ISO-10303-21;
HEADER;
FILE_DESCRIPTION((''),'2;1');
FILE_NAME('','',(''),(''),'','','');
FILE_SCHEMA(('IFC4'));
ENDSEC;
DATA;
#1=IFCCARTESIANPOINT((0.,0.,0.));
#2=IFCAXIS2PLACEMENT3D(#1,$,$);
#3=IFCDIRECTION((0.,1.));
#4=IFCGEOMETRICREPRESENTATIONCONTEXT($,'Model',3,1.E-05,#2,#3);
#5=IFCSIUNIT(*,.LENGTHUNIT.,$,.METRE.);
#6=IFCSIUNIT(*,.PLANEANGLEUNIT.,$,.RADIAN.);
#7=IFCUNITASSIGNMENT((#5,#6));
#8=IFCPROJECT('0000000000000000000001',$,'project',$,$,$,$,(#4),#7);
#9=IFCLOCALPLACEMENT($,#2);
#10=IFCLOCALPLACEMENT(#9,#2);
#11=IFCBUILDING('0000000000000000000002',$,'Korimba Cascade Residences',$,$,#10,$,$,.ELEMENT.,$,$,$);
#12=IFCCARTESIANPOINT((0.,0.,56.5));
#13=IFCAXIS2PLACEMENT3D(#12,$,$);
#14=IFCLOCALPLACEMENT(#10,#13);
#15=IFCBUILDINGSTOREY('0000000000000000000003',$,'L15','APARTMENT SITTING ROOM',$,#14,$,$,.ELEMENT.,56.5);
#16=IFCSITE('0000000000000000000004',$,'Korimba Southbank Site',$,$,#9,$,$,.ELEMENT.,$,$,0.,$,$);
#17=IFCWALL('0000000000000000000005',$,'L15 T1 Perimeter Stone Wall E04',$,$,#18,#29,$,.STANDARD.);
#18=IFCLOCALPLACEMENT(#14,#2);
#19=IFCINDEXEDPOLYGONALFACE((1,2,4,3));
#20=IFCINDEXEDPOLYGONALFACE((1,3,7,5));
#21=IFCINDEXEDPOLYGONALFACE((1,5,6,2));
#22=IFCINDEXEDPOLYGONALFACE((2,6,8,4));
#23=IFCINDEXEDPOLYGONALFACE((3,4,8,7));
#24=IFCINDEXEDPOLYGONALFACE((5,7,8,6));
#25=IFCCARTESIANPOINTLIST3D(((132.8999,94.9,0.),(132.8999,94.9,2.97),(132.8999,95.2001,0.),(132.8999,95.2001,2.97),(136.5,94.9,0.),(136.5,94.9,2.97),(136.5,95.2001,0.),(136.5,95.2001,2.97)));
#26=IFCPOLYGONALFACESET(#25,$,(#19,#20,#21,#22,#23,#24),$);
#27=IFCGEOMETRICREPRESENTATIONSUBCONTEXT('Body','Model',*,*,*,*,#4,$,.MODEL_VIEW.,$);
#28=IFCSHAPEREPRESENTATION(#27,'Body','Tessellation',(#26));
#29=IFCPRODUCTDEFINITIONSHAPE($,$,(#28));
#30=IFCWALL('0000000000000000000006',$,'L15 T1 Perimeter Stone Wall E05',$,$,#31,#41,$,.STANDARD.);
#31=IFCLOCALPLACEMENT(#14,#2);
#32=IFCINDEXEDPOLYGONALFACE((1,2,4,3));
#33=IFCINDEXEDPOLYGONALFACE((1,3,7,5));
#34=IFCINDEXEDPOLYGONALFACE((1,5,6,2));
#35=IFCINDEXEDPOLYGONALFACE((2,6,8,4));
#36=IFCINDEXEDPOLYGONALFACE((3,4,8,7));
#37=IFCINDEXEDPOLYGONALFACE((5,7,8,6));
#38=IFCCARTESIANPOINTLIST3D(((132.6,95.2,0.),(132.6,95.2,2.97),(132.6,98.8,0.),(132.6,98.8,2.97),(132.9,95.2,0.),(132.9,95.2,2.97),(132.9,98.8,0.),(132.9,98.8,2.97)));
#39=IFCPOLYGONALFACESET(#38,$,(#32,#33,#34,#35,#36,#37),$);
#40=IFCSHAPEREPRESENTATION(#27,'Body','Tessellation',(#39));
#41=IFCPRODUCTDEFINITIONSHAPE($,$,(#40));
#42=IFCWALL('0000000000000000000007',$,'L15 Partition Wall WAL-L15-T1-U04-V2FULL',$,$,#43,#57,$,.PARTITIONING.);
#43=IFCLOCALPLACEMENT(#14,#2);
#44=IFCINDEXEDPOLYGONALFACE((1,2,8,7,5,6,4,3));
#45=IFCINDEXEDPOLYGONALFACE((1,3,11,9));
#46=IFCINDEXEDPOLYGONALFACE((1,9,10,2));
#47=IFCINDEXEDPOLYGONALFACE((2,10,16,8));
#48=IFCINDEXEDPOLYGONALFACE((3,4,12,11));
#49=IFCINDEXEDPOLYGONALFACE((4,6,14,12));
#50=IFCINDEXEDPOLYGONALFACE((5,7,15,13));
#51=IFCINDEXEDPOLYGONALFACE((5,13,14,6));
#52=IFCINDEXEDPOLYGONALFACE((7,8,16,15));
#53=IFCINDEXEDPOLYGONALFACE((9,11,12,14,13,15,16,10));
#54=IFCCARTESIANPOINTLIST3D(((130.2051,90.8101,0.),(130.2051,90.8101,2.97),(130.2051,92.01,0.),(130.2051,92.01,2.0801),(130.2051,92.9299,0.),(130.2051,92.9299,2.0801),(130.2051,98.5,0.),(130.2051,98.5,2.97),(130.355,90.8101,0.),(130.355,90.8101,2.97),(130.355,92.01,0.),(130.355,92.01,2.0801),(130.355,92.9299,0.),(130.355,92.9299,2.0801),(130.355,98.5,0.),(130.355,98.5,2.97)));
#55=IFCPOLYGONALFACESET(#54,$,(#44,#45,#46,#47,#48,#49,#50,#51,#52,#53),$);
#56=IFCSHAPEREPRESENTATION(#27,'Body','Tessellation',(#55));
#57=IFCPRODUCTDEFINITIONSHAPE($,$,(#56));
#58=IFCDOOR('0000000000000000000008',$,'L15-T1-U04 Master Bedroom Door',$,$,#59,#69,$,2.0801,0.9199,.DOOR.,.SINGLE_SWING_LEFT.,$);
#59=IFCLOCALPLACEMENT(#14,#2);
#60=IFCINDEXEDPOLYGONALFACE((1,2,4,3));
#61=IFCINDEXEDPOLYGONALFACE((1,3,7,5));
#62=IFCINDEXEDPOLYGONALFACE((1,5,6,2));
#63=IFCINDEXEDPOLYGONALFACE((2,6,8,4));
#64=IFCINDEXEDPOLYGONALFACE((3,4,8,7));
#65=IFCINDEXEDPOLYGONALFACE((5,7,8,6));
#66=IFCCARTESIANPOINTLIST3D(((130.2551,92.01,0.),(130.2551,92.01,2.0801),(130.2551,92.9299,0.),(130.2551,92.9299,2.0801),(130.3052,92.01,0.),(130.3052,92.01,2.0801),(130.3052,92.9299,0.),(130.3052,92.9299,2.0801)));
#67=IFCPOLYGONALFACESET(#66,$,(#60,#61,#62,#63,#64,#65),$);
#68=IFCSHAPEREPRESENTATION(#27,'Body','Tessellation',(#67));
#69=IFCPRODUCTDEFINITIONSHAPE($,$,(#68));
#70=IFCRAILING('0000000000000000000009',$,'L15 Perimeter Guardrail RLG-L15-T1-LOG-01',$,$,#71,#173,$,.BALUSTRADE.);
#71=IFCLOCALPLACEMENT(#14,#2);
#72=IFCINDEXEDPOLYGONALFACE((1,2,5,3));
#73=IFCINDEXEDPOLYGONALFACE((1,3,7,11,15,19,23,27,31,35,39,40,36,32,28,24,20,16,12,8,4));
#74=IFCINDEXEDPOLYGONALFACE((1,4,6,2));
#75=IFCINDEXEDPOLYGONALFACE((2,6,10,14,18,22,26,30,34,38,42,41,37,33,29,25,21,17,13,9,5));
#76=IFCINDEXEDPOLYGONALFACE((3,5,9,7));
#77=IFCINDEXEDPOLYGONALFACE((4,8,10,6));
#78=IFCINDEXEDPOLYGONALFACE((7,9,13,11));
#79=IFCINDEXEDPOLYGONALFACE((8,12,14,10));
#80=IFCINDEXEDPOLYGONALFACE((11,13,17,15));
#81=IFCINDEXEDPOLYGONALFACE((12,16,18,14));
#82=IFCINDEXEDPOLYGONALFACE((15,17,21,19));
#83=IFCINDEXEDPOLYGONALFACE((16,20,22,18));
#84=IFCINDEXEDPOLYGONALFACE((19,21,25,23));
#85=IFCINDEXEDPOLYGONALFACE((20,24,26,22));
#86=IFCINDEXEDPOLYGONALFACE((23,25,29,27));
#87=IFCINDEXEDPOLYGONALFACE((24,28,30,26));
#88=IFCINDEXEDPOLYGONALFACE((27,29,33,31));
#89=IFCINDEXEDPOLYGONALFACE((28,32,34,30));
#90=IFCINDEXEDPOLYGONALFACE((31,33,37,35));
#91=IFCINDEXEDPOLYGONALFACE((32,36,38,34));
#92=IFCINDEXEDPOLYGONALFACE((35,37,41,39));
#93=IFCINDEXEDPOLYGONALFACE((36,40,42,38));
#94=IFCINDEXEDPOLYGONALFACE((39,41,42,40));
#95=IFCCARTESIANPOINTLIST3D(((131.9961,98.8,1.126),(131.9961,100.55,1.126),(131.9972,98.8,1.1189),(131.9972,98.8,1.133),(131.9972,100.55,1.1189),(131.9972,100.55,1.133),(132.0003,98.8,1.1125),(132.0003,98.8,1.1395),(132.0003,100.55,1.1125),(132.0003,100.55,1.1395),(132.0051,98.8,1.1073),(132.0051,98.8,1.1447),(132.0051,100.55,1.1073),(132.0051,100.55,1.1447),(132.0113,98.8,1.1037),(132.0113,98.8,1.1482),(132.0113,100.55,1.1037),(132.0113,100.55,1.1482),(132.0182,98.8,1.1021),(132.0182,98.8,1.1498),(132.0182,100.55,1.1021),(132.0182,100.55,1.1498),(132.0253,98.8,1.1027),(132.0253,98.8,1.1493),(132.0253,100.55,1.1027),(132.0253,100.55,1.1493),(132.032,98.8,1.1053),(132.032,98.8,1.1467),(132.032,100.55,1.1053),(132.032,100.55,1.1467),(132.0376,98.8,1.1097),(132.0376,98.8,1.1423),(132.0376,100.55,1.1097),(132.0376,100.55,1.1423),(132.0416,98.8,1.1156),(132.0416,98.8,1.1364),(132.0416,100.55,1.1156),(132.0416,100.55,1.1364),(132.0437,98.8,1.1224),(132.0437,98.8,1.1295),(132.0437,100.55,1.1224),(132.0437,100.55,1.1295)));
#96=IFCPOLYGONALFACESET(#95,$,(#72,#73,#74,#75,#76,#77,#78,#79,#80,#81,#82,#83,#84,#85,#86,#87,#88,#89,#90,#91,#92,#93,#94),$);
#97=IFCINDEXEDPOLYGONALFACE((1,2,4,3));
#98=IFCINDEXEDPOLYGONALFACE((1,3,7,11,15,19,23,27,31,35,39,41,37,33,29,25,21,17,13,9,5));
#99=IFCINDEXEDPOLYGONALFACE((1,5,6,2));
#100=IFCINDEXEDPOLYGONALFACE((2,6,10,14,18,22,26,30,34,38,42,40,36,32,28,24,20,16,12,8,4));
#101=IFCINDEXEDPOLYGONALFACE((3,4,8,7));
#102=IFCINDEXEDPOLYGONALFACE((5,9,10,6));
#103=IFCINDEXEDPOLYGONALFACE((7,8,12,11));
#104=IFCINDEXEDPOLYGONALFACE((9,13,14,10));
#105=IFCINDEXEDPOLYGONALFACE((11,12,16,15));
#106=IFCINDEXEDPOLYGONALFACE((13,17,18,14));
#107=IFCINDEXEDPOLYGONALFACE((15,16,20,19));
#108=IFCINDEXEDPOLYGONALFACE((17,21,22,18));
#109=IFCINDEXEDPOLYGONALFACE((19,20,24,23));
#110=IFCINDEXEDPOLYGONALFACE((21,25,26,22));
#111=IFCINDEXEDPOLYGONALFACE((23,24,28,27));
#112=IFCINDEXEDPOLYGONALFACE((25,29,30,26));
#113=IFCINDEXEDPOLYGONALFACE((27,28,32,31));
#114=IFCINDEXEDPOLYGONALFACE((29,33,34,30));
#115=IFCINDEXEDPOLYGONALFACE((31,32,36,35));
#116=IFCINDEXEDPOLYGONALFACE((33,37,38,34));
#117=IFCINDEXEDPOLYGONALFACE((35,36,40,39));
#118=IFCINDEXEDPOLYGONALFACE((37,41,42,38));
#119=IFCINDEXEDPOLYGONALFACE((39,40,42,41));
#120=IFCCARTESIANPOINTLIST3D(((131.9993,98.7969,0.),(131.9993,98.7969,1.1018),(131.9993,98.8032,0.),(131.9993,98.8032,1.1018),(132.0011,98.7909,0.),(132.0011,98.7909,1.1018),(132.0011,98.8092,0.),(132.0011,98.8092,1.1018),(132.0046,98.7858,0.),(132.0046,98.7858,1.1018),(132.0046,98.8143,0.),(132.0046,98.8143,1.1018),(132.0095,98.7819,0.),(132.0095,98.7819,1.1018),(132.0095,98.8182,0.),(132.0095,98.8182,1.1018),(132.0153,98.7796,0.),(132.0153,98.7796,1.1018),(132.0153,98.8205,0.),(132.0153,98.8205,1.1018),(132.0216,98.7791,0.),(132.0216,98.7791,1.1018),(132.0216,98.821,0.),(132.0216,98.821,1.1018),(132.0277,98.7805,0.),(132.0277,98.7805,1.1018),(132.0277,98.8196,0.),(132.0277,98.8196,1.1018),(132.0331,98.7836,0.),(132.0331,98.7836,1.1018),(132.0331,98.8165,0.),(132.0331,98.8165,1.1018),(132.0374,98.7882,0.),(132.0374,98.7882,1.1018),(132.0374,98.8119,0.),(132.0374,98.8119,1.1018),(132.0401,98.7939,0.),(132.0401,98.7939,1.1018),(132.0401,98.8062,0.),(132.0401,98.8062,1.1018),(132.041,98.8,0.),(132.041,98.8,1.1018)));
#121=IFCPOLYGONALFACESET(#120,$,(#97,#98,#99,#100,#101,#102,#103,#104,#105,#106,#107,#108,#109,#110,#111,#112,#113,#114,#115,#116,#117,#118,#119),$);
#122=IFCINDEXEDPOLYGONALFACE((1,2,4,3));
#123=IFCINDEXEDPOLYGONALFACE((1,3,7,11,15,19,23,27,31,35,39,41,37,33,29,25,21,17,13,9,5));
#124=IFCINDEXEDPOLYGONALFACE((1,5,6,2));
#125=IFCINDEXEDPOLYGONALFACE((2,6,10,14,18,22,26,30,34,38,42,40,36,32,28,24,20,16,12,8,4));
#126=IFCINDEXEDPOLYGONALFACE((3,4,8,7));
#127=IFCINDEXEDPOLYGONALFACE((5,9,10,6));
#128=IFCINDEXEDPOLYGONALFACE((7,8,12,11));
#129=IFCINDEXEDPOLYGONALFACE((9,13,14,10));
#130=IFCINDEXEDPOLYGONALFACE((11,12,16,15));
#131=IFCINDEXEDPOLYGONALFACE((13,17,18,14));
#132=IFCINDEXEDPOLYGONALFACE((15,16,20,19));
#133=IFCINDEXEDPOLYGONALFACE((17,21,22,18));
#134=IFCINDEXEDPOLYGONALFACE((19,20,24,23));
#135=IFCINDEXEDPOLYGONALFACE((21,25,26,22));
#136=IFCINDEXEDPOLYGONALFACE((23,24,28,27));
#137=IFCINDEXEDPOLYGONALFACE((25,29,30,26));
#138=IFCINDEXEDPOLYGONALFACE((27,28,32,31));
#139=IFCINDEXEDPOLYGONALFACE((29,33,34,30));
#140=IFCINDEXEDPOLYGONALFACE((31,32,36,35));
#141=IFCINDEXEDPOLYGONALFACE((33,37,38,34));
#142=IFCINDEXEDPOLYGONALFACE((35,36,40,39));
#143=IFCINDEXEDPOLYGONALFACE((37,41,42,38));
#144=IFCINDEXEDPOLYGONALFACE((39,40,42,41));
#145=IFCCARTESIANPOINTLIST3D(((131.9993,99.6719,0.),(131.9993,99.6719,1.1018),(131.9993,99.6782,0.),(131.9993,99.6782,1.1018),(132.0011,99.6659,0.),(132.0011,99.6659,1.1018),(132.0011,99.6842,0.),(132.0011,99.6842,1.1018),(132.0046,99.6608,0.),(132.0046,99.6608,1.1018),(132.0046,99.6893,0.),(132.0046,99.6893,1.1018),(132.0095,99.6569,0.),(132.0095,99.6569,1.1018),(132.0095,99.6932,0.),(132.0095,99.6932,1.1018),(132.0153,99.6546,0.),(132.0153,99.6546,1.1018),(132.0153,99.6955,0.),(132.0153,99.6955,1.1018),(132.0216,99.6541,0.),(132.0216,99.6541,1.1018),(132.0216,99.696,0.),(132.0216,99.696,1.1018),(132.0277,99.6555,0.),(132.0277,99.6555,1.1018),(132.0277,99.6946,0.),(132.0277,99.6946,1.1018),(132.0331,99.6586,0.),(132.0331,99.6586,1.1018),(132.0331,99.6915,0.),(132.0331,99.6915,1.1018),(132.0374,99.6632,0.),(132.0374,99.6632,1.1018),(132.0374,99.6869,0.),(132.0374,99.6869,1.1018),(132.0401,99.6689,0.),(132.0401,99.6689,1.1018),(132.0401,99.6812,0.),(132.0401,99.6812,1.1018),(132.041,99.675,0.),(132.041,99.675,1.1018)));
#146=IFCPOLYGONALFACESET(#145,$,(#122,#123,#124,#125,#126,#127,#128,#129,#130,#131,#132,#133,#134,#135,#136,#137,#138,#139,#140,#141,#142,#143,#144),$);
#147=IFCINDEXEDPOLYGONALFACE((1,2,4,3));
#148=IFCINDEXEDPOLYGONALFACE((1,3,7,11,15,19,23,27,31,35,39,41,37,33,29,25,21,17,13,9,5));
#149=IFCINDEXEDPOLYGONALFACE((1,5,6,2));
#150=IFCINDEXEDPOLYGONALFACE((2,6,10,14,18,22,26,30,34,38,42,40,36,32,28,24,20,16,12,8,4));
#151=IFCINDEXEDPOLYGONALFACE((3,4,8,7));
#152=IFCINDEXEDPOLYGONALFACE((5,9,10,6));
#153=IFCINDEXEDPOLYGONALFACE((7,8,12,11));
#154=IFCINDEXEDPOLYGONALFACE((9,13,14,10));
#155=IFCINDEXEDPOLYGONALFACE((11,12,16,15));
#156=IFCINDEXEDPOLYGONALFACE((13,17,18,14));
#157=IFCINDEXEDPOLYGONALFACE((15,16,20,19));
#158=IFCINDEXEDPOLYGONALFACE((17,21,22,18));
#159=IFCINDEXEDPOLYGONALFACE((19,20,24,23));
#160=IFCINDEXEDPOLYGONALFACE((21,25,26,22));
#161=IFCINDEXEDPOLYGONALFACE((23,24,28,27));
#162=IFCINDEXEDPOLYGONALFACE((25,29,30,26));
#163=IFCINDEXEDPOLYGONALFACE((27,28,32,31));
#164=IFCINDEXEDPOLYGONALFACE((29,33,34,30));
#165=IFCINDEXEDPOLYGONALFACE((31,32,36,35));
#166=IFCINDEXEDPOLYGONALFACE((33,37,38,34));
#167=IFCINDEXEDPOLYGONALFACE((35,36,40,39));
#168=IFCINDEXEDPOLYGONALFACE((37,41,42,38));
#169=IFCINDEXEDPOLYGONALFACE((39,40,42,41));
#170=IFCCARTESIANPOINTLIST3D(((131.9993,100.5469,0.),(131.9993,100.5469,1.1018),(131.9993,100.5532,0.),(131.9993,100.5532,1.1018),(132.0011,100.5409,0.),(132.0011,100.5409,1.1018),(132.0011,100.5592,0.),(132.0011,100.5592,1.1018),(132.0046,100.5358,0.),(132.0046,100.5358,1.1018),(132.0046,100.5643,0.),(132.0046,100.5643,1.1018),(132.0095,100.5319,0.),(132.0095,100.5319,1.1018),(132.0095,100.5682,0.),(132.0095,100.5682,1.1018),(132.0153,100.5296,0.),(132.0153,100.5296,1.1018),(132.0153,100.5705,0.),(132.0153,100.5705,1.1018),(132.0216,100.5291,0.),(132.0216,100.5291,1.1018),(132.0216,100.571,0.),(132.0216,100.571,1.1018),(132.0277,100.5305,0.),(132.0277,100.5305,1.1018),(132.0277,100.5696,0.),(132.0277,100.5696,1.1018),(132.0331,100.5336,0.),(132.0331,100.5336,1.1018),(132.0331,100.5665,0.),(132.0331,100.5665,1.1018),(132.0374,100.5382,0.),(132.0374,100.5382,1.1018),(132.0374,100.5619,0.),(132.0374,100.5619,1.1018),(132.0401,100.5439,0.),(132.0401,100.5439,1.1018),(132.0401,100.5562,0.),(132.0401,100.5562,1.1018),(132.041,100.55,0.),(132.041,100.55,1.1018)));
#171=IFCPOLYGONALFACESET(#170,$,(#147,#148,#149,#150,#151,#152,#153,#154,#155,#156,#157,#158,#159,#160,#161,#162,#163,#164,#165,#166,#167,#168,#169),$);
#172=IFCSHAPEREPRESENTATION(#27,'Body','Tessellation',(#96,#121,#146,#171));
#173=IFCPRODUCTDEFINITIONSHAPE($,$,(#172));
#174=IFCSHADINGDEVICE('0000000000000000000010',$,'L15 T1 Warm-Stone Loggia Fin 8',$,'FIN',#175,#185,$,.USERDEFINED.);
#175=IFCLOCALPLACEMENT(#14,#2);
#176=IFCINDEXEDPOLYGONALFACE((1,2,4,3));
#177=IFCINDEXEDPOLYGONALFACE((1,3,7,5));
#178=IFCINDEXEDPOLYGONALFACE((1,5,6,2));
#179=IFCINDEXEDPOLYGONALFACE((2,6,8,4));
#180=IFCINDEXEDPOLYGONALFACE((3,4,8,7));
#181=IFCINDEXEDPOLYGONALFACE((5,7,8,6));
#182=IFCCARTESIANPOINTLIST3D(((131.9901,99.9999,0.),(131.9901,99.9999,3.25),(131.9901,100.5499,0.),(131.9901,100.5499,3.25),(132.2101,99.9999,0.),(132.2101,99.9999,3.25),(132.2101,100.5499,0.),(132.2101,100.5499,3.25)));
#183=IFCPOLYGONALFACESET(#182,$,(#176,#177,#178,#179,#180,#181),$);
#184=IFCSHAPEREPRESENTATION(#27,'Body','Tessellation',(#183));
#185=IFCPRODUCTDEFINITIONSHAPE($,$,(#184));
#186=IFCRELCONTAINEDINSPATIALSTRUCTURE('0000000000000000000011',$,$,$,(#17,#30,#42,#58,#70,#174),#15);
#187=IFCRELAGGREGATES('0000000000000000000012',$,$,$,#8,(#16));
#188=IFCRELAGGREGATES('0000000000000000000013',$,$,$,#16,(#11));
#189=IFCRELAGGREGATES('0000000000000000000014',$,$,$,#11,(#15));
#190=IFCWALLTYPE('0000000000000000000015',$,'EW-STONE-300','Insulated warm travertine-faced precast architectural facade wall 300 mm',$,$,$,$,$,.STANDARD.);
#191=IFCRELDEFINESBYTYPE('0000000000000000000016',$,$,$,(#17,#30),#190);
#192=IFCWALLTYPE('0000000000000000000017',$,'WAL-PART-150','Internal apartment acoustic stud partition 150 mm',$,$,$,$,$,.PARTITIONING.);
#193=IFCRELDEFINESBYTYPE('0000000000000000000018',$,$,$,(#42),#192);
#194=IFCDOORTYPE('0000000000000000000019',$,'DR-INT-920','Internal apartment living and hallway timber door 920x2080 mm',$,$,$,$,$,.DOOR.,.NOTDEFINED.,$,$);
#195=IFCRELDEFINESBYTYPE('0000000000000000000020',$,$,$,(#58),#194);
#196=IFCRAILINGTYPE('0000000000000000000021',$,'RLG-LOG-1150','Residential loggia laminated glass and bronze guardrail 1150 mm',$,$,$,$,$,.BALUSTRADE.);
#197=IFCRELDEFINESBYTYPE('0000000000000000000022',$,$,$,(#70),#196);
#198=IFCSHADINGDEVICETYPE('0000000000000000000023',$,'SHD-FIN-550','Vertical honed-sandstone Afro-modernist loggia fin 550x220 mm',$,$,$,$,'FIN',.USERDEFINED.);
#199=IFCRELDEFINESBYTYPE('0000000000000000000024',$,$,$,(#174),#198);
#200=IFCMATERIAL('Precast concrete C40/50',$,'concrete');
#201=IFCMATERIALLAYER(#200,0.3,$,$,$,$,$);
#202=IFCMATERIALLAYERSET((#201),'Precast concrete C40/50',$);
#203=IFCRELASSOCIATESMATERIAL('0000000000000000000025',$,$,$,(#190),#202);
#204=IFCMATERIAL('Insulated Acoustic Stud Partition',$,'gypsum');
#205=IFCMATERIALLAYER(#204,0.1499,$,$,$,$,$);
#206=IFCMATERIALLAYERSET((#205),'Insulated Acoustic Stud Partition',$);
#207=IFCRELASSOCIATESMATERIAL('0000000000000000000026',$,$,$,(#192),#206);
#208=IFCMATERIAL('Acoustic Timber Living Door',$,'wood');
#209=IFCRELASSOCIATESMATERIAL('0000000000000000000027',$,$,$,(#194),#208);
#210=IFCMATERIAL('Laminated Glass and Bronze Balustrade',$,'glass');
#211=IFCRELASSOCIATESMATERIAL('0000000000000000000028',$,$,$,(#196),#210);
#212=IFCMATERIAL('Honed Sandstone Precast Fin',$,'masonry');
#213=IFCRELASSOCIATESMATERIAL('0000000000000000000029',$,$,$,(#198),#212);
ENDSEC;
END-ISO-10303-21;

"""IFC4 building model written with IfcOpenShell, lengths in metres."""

from ifc_helpers import new_model, si_unit, direction, frame, frame_2d, origin, origin_2d, place, context, subcontext, project, spatial, rectangle, circle, extrude, material, layer, layer_set, type_object, element, fill, save


model = new_model("IFC4")

# Units and contexts
model_context = context("Model", 3, precision=1e-05, world=origin(), true_north=direction((0.0, 1.0)))
body_context = subcontext(model_context, "Body", "Model", "MODEL_VIEW")
ifc_project = project(units=[si_unit("LENGTHUNIT", "METRE"), si_unit("PLANEANGLEUNIT", "RADIAN")], contexts=[model_context])

# Site, building, storey
site_placement = place(None, origin())
site = spatial("IfcSite", under=ifc_project, at=site_placement, Name="Korimba Southbank Site", CompositionType="ELEMENT", RefElevation=0.0)
building_placement = place(site_placement, origin())
building = spatial("IfcBuilding", under=site, at=building_placement, Name="Korimba Cascade Residences", CompositionType="ELEMENT")
storey_placement = place(building_placement, frame((0.0, 0.0, 56.5)))
storey = spatial("IfcBuildingStorey", under=building, at=storey_placement, Name="L15", Description="APARTMENT SITTING ROOM", CompositionType="ELEMENT", Elevation=56.5)

# Shared definitions
ifc_material_1 = material(Name="Precast concrete C40/50", Category="concrete")

# Walls
ifc_layer_1 = layer(ifc_material_1, 0.3)
ifc_layer_set_1 = layer_set([ifc_layer_1], Name="Precast concrete C40/50")
wall_type_1 = type_object("IfcWallType", Name="EW-STONE-300", Description="Insulated warm travertine-faced precast architectural facade wall 300 mm", PredefinedType="STANDARD", material=ifc_layer_set_1)
for number, where, z_axis, x_axis, name in (
    (1, (136.5, 95.05, 0.0), (0.0, 0.0, 1.0), (-1.0, 0.0, 0.0), "L15 T1 Perimeter Stone Wall E04"),
    (2, (132.75, 95.2, 0.0), (0.0, 0.0, 1.0), (0.0, 1.0, 0.0), "L15 T1 Perimeter Stone Wall E05"),
):
    element("IfcWall", number, at=place(storey_placement, frame(where, z_axis=z_axis, x_axis=x_axis)), inside=storey, type_object=wall_type_1, Name=name, PredefinedType="STANDARD", context=body_context, shape_type="SweptSolid", body=[
        extrude(rectangle(XDim=3.6001, YDim=0.3, at=frame_2d((1.8, 0.0))), origin(), (0.0, 0.0, 1.0), 2.97),
    ])

# Wall, opening, door
ifc_material_2 = material(Name="Insulated Acoustic Stud Partition", Category="gypsum")
ifc_layer_2 = layer(ifc_material_2, 0.1499)
ifc_layer_set_2 = layer_set([ifc_layer_2], Name="Insulated Acoustic Stud Partition")
wall_type_2 = type_object("IfcWallType", Name="WAL-PART-150", Description="Internal apartment acoustic stud partition 150 mm", PredefinedType="PARTITIONING", material=ifc_layer_set_2)
wall_1_placement = place(storey_placement, frame((130.28, 90.8101, 0.0), z_axis=(0.0, 0.0, 1.0), x_axis=(0.0, 1.0, 0.0)))
wall_1 = element("IfcWall", 3, at=wall_1_placement, inside=storey, type_object=wall_type_2, Name="L15 Partition Wall WAL-L15-T1-U04-V2FULL", PredefinedType="PARTITIONING", context=body_context, shape_type="SweptSolid", body=[
    extrude(rectangle(XDim=7.6899, YDim=0.1499, at=frame_2d((3.845, 0.0))), origin(), (0.0, 0.0, 1.0), 2.97),
])
opening_1_placement = place(wall_1_placement, frame((1.2, 0.0, 0.0)))
opening_1 = element("IfcOpeningElement", 4, at=opening_1_placement, cuts=wall_1, PredefinedType="OPENING", context=body_context, shape_type="SweptSolid", body=[
    extrude(rectangle(XDim=0.9199, YDim=2.0801, at=frame_2d((0.46, 1.04))), frame((0.0, 0.085, 0.0), z_axis=(0.0, -1.0, 0.0), x_axis=(1.0, 0.0, 0.0)), (0.0, 0.0, 1.0), 0.1699),
])
ifc_material_3 = material(Name="Acoustic Timber Living Door", Category="wood")
door_type_1 = type_object("IfcDoorType", Name="DR-INT-920", Description="Internal apartment living and hallway timber door 920x2080 mm", OperationType="NOTDEFINED", PredefinedType="DOOR", material=ifc_material_3)
door_1_placement = place(opening_1_placement, origin())
door_1 = element("IfcDoor", 5, at=door_1_placement, inside=storey, type_object=door_type_1, Name="L15-T1-U04 Master Bedroom Door", OperationType="SINGLE_SWING_LEFT", OverallHeight=2.0801, OverallWidth=0.9199, PredefinedType="DOOR", context=body_context, shape_type="SweptSolid", body=[
    extrude(rectangle(XDim=0.9199, YDim=2.0801, at=frame_2d((0.46, 1.04))), frame((0.0, 0.0249, 0.0), z_axis=(0.0, -1.0, 0.0), x_axis=(1.0, 0.0, 0.0)), (0.0, 0.0, 1.0), 0.05),
])
fill(opening_1, door_1)

# Railing
ifc_material_4 = material(Name="Laminated Glass and Bronze Balustrade", Category="glass")
railing_type = type_object("IfcRailingType", Name="RLG-LOG-1150", Description="Residential loggia laminated glass and bronze guardrail 1150 mm", PredefinedType="BALUSTRADE", material=ifc_material_4)
railing_1_placement = place(storey_placement, frame((132.02, 98.8, 0.0)))
element("IfcRailing", 6, at=railing_1_placement, inside=storey, type_object=railing_type, Name="L15 Perimeter Guardrail RLG-L15-T1-LOG-01", PredefinedType="BALUSTRADE", context=body_context, shape_type="SweptSolid", body=[
    extrude(circle(Radius=0.0239, at=origin_2d()), frame((0.0, 0.0, 1.126), z_axis=(0.0, 1.0, 0.0), x_axis=(-1.0, 0.0, 0.0)), (0.0, 0.0, 1.0), 1.75),
    extrude(circle(Radius=0.021, at=origin_2d()), origin(), (0.0, 0.0, 1.0), 1.1018),
    extrude(circle(Radius=0.021, at=origin_2d()), frame((0.0, 0.875, 0.0)), (0.0, 0.0, 1.0), 1.1018),
    extrude(circle(Radius=0.021, at=origin_2d()), frame((0.0, 1.75, 0.0)), (0.0, 0.0, 1.0), 1.1018),
])

# Shading device
ifc_material_5 = material(Name="Honed Sandstone Precast Fin", Category="masonry")
shading_device_type = type_object("IfcShadingDeviceType", Name="SHD-FIN-550", Description="Vertical honed-sandstone Afro-modernist loggia fin 550x220 mm", ElementType="FIN", PredefinedType="USERDEFINED", material=ifc_material_5)
shading_device_placement = place(storey_placement, frame((132.1001, 100.2749, 0.0), z_axis=(0.0, 0.0, 1.0), x_axis=(1.0, 0.0, 0.0)))
element("IfcShadingDevice", 7, at=shading_device_placement, inside=storey, type_object=shading_device_type, Name="L15 T1 Warm-Stone Loggia Fin 8", ObjectType="FIN", PredefinedType="USERDEFINED", context=body_context, shape_type="SweptSolid", body=[
    extrude(rectangle(XDim=0.22, YDim=0.55, at=origin_2d()), origin(), (0.0, 0.0, 1.0), 3.25),
])

save(model, "model.ifc")
